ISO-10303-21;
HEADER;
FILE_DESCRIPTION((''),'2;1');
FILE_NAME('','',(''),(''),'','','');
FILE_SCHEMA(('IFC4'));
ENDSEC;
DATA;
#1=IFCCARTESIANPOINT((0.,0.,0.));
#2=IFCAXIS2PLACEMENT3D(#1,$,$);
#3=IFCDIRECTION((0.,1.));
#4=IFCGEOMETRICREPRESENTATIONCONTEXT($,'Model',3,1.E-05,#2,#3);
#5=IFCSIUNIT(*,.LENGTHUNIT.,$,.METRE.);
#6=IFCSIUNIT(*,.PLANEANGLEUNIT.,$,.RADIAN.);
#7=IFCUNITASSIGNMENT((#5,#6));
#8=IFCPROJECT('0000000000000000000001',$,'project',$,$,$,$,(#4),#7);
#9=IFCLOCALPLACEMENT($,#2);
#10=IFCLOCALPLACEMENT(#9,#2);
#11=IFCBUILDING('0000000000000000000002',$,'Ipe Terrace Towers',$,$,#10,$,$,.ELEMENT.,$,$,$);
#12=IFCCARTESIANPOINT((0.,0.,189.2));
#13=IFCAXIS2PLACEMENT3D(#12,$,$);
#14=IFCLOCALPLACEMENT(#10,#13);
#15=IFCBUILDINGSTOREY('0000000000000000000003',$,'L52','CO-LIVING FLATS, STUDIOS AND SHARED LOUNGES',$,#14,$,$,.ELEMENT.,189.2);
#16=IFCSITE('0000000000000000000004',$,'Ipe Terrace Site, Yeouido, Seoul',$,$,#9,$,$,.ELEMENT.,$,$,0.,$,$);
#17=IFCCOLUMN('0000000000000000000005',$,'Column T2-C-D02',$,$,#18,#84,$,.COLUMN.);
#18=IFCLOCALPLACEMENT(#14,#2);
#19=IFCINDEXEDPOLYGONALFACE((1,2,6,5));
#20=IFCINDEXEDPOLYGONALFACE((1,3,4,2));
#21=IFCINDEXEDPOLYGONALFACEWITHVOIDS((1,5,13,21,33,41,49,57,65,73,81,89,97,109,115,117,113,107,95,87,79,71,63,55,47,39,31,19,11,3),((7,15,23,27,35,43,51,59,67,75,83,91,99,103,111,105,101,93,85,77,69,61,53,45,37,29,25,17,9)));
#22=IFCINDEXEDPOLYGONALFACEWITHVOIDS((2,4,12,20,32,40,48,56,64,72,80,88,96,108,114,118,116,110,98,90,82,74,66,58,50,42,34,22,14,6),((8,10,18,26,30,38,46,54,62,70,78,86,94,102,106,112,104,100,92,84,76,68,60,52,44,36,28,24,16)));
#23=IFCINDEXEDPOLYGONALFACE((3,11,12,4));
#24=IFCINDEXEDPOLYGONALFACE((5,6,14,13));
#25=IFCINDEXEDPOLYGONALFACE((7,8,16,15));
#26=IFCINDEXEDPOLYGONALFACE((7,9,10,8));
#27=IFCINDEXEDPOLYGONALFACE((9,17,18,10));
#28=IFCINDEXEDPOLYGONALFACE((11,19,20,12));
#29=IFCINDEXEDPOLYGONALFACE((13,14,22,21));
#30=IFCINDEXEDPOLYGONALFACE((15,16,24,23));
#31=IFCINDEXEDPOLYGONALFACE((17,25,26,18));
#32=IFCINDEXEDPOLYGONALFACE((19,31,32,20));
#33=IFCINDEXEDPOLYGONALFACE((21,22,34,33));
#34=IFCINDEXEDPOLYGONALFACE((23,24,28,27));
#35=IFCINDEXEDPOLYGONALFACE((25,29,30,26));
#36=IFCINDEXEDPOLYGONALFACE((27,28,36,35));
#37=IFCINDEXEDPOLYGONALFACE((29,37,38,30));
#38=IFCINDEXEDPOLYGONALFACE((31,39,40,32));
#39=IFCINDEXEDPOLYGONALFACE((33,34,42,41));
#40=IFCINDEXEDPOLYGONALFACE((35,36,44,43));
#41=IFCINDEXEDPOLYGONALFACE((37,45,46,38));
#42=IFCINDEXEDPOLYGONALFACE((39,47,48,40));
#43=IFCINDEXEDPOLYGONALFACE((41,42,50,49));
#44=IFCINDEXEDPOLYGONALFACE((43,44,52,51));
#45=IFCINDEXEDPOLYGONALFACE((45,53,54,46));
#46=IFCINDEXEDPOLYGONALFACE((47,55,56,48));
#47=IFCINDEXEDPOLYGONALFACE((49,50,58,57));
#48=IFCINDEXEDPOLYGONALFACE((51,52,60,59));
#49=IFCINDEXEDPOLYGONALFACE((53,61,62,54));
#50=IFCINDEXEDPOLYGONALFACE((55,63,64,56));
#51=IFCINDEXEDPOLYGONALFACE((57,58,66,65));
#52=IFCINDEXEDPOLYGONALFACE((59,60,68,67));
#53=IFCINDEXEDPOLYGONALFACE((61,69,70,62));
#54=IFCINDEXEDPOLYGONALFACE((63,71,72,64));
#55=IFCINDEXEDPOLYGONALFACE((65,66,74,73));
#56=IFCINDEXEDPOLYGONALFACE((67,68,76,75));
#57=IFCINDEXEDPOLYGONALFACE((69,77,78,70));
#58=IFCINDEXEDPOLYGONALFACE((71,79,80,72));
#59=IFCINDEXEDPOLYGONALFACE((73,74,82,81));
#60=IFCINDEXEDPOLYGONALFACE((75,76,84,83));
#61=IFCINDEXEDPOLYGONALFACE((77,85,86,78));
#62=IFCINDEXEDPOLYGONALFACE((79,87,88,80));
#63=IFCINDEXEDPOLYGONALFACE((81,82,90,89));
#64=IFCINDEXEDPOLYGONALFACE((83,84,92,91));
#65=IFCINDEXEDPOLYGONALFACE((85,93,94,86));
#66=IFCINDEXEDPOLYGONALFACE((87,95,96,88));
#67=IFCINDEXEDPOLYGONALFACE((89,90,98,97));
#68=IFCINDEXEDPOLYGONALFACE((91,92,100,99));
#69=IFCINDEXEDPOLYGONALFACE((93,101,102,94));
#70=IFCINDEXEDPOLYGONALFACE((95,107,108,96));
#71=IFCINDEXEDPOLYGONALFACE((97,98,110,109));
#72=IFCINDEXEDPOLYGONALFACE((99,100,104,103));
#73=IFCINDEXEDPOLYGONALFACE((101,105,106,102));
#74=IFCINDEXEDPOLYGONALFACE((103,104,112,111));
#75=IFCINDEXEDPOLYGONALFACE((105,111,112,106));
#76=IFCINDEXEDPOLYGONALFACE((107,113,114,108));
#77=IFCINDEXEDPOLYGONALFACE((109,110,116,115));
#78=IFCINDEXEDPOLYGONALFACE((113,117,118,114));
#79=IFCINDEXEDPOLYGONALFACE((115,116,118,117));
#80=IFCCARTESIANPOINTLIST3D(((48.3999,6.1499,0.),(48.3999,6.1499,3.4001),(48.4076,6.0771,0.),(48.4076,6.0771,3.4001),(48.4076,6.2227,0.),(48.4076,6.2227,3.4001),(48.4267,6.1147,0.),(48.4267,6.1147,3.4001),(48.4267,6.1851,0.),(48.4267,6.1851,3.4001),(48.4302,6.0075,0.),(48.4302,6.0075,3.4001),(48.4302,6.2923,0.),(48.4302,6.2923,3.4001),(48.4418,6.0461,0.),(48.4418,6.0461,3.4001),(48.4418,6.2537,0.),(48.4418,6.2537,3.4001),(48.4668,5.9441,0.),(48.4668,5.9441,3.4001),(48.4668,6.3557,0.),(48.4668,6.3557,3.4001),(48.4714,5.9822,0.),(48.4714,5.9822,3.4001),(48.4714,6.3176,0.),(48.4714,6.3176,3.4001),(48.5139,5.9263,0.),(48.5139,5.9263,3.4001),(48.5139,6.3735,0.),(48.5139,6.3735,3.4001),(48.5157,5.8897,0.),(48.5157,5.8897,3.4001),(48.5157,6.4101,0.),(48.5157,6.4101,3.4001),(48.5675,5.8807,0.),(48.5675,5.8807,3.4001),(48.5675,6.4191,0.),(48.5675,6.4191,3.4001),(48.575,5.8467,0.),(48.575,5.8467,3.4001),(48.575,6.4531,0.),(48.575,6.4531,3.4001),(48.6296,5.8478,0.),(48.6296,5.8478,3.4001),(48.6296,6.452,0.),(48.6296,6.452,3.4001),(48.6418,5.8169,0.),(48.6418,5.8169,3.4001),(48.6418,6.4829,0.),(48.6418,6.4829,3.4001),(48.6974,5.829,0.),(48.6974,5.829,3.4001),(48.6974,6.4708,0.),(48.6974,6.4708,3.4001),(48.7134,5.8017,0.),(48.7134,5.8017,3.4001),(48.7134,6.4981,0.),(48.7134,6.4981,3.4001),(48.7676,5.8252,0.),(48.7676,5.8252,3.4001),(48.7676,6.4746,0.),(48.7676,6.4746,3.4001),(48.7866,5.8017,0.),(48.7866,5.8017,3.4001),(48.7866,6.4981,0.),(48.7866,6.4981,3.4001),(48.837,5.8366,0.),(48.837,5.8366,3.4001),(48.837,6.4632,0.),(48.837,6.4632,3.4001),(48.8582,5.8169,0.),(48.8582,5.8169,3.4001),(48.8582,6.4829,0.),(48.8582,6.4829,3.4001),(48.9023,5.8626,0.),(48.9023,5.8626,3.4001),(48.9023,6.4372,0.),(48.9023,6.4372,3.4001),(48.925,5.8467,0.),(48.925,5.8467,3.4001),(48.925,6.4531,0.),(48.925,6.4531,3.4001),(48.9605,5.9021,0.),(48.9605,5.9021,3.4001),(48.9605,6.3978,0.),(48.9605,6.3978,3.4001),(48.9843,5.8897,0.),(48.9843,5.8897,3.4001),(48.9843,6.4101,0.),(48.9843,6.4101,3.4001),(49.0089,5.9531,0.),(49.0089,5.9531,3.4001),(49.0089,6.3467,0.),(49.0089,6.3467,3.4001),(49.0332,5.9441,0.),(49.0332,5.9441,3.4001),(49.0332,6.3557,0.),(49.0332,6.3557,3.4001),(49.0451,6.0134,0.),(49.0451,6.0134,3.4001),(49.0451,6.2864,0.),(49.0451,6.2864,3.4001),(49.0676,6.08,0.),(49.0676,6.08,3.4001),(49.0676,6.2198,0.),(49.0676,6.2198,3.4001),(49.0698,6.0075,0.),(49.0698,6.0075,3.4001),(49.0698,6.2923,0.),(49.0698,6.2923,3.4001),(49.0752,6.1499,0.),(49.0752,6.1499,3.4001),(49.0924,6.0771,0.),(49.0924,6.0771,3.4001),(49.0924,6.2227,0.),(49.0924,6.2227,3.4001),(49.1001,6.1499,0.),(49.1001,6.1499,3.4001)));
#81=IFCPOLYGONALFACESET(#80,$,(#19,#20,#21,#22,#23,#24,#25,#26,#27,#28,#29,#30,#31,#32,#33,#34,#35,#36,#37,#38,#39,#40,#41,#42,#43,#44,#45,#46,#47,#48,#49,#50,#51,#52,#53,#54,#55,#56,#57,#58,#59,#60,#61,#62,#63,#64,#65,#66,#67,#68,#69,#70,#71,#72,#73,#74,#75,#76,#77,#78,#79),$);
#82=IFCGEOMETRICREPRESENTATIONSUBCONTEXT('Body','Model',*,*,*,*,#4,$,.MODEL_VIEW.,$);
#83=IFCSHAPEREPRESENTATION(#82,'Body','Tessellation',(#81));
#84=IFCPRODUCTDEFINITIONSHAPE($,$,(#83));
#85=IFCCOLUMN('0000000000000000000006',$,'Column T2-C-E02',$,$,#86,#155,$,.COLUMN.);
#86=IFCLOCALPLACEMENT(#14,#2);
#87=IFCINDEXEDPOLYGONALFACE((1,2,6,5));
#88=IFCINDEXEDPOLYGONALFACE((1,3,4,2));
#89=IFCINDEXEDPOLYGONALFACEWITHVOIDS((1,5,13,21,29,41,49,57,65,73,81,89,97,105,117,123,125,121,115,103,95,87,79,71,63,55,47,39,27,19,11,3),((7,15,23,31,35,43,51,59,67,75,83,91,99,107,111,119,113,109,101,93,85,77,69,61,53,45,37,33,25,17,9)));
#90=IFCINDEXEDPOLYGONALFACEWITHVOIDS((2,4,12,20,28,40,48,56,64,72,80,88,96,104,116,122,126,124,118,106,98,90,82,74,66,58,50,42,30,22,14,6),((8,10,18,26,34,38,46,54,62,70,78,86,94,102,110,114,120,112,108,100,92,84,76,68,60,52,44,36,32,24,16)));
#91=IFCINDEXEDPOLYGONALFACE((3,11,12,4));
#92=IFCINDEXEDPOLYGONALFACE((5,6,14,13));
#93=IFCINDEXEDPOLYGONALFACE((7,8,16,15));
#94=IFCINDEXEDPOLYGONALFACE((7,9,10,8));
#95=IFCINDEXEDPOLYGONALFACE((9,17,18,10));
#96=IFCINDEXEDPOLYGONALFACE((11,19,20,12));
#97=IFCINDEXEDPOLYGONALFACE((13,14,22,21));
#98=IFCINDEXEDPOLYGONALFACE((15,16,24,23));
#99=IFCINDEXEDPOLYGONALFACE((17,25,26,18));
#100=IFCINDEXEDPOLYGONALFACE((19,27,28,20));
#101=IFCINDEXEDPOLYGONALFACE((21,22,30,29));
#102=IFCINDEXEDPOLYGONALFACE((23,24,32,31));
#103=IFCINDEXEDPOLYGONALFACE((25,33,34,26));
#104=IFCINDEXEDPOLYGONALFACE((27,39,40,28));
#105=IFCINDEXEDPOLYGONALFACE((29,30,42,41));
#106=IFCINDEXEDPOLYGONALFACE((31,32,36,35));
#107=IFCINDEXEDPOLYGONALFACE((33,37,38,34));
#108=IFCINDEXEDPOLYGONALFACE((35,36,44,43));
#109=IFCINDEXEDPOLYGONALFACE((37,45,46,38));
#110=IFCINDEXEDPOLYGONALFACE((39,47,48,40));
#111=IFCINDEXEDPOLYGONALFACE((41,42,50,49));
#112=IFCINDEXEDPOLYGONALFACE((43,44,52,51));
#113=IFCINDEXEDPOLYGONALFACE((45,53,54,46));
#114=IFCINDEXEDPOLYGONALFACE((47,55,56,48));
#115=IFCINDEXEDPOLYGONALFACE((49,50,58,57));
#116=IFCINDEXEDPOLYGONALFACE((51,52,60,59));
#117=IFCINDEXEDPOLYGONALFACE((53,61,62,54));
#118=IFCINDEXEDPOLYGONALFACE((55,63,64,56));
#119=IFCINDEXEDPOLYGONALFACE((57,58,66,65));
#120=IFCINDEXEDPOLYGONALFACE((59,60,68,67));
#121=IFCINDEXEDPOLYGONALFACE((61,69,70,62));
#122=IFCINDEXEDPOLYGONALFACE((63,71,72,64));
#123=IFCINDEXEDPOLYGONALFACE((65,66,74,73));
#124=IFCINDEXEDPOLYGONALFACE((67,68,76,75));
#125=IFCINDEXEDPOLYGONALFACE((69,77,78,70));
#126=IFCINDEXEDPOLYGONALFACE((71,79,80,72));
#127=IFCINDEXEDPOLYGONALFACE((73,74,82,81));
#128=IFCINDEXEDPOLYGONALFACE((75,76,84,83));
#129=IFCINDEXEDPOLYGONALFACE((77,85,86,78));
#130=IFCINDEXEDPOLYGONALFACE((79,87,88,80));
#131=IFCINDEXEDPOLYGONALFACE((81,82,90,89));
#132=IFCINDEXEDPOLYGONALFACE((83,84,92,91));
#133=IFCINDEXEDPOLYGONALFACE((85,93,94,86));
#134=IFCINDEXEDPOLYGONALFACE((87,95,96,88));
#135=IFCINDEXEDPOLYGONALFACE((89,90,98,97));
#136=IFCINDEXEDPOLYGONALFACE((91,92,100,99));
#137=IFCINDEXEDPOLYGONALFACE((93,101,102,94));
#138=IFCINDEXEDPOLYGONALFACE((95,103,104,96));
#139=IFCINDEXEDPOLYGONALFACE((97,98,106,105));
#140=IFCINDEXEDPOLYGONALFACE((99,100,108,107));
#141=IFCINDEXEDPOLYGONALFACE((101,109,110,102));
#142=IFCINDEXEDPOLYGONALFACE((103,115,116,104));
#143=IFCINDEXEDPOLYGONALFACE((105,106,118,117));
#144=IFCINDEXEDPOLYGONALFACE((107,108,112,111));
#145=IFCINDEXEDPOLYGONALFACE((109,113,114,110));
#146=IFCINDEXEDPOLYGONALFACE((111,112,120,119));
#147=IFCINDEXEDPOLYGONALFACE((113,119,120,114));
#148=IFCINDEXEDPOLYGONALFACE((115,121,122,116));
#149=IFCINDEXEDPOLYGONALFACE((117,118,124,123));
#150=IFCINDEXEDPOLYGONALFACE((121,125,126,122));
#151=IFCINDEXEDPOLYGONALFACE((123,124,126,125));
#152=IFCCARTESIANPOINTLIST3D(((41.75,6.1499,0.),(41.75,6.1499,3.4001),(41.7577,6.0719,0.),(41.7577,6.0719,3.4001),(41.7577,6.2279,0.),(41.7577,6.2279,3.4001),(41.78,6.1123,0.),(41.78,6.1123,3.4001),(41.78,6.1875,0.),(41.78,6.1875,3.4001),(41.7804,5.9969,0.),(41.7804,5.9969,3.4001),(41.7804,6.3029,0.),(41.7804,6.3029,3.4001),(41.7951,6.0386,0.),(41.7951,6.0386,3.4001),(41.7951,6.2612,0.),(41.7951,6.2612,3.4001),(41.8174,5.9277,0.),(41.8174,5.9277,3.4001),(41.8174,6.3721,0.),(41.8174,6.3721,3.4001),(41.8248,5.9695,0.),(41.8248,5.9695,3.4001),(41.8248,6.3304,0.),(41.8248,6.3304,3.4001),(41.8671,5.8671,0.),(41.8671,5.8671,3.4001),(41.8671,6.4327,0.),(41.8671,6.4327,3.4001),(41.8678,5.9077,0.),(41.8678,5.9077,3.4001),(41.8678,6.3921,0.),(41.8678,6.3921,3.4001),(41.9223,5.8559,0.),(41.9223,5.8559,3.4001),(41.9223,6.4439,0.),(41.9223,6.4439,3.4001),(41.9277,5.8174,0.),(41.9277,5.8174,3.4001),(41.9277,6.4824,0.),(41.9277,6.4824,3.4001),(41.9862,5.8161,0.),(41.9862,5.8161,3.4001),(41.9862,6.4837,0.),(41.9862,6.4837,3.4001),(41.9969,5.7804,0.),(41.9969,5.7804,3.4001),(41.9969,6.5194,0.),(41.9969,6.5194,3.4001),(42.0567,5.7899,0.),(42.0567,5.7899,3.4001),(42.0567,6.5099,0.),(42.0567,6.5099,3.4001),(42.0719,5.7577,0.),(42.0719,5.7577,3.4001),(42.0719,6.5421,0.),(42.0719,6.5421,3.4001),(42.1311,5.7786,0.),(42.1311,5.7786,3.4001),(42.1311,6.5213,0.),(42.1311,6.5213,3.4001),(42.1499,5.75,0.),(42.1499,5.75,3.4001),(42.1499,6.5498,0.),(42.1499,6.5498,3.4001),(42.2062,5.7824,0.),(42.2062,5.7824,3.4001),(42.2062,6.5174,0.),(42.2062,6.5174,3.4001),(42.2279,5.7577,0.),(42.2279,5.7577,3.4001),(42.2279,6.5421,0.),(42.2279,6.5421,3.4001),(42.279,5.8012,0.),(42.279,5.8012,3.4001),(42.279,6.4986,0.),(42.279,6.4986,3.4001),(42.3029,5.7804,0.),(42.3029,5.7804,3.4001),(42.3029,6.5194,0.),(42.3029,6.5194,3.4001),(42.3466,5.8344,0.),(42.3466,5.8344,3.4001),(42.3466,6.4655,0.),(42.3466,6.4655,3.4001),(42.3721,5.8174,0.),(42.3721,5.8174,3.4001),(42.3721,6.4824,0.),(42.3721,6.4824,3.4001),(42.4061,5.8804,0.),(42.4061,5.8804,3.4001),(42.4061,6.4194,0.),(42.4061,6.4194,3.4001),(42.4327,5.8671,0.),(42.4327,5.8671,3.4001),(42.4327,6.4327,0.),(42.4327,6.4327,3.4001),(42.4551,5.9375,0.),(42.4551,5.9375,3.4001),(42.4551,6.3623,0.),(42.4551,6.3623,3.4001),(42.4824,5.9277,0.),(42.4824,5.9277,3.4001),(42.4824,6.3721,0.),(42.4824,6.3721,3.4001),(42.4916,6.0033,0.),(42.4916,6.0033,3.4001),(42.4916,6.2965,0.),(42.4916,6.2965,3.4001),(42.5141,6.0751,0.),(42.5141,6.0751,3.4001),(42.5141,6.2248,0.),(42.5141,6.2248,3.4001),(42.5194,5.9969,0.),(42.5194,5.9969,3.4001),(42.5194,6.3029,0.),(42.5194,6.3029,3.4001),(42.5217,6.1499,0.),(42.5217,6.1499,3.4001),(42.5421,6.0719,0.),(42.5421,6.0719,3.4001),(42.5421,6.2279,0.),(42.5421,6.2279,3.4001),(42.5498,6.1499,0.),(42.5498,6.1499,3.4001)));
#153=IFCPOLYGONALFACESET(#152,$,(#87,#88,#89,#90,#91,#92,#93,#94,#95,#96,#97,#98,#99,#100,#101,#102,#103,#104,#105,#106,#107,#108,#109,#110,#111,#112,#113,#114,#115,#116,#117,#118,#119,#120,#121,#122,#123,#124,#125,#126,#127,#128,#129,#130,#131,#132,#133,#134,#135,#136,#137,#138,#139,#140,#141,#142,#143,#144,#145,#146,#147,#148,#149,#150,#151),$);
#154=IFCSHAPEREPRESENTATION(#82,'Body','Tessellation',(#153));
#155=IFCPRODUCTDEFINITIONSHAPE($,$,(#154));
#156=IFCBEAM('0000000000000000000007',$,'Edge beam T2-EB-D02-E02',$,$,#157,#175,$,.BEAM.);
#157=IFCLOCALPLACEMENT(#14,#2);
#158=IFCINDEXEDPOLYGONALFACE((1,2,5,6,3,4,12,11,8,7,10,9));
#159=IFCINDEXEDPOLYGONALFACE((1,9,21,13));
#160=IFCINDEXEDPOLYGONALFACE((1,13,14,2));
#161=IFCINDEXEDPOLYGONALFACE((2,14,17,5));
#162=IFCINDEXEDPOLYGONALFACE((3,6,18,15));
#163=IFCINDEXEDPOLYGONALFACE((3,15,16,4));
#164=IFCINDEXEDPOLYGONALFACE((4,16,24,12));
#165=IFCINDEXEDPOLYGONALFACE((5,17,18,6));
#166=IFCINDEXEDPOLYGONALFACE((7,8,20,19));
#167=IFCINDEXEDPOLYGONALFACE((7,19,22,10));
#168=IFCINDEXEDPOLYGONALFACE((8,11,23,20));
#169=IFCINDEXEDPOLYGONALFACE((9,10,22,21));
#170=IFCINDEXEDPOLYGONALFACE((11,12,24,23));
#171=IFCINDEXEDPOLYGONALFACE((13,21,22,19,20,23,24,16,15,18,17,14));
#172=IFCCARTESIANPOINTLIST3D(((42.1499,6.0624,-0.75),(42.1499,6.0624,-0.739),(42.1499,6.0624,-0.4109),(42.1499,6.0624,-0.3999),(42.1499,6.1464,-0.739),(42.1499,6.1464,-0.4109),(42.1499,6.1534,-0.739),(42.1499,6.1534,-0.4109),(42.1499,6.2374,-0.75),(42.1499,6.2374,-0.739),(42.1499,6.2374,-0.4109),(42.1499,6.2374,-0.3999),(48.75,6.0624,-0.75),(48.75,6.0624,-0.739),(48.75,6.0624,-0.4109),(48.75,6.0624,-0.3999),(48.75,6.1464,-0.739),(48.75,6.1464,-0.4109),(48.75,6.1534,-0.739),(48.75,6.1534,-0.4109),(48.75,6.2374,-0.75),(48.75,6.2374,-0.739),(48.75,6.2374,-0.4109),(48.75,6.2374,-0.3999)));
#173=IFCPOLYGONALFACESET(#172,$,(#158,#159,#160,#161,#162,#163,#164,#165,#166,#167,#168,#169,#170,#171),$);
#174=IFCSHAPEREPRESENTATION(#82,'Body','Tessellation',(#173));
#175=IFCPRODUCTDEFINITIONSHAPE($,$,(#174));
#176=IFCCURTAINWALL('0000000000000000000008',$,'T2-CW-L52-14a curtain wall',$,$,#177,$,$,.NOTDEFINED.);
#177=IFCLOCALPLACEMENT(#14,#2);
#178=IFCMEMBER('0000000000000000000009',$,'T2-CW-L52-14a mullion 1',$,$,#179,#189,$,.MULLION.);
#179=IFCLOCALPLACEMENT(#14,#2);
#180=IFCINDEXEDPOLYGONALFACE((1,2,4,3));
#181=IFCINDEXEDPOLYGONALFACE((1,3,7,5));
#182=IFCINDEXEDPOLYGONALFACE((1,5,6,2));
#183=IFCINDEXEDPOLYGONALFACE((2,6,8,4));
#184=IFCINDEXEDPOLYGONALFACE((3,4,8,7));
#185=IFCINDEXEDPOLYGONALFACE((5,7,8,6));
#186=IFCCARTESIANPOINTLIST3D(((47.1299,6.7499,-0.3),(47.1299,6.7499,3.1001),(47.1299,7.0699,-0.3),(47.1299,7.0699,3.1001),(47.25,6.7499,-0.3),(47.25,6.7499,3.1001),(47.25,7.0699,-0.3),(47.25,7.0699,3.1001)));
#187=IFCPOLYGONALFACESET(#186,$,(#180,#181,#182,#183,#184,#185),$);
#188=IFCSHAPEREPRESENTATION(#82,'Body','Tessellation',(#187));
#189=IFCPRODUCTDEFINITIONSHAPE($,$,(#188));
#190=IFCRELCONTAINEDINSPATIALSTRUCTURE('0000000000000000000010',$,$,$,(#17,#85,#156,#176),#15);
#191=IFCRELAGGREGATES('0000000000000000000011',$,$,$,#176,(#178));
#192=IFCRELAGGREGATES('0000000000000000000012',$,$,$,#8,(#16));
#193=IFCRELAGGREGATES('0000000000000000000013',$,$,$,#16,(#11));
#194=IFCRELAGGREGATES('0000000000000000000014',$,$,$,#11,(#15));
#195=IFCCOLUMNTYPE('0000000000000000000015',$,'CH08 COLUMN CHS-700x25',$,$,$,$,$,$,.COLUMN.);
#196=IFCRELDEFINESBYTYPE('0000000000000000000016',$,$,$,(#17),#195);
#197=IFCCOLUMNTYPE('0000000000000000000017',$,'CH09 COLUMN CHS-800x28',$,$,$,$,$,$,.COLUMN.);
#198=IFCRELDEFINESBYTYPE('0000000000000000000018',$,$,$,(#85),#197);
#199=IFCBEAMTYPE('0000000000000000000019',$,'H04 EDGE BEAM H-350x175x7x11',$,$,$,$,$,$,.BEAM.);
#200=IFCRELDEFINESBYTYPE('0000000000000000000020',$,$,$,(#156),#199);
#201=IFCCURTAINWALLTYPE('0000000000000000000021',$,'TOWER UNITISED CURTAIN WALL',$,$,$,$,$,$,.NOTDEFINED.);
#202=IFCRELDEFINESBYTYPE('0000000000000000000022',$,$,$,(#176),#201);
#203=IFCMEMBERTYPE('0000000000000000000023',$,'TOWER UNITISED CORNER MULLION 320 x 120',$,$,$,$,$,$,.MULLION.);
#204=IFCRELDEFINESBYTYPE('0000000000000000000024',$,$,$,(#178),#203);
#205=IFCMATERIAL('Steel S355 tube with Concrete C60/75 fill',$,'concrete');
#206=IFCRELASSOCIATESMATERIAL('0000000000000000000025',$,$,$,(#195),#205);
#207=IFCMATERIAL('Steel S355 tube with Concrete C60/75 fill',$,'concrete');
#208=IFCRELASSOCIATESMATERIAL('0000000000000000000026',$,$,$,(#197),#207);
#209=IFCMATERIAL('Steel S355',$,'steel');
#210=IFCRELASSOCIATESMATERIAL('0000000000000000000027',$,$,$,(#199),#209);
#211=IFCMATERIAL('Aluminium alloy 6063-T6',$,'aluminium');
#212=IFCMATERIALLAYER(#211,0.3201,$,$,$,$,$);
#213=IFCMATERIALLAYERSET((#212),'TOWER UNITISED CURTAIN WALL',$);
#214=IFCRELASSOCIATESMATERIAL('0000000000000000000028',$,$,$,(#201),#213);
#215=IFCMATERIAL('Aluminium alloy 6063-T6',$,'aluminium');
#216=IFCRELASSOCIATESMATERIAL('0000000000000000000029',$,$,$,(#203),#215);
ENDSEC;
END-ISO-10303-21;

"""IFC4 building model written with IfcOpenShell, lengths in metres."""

from ifc_helpers import new_model, si_unit, direction, frame, origin, origin_2d, place, context, subcontext, project, spatial, rectangle, hollow_circle, i_section, extrude, material, layer, layer_set, material_profile, profile_set, type_object, element, aggregate, save


model = new_model("IFC4")

# Units and contexts
model_context = context("Model", 3, precision=1e-05, world=origin(), true_north=direction((0.0, 1.0)))
body_context = subcontext(model_context, "Body", "Model", "MODEL_VIEW")
ifc_project = project(units=[si_unit("LENGTHUNIT", "METRE"), si_unit("PLANEANGLEUNIT", "RADIAN")], contexts=[model_context])

# Site, building, storey
site_placement = place(None, origin())
site = spatial("IfcSite", under=ifc_project, at=site_placement, Name="Ipe Terrace Site, Yeouido, Seoul", CompositionType="ELEMENT", RefElevation=0.0)
building_placement = place(site_placement, origin())
building = spatial("IfcBuilding", under=site, at=building_placement, Name="Ipe Terrace Towers", CompositionType="ELEMENT")
storey_placement = place(building_placement, frame((0.0, 0.0, 189.2)))
storey = spatial("IfcBuildingStorey", under=building, at=storey_placement, Name="L52", Description="CO-LIVING FLATS, STUDIOS AND SHARED LOUNGES", CompositionType="ELEMENT", Elevation=189.2)

# Columns
ifc_material_1 = material(Name="Steel S355 tube with Concrete C60/75 fill", Category="concrete")
ifc_material_profile_1 = material_profile(ifc_material_1, hollow_circle(Radius=0.3501, WallThickness=0.0249, at=origin_2d()), Name="CHS-700x25")
ifc_profile_set_1 = profile_set([ifc_material_profile_1], Name="Steel S355 tube with Concrete C60/75 fill")
column_type_1 = type_object("IfcColumnType", Name="CH08 COLUMN CHS-700x25", PredefinedType="COLUMN", material=ifc_profile_set_1)
column_1_placement = place(storey_placement, frame((48.75, 6.1499, 0.0), z_axis=(0.0, 0.0, 1.0), x_axis=(1.0, 0.0, 0.0)))
element("IfcColumn", 1, at=column_1_placement, inside=storey, type_object=column_type_1, Name="Column T2-C-D02", PredefinedType="COLUMN", context=body_context, shape_type="SweptSolid", body=[
    extrude(hollow_circle(Radius=0.3501, WallThickness=0.0249, at=origin_2d()), origin(), (0.0, 0.0, 1.0), 3.4001),
])
ifc_material_2 = material(Name="Steel S355 tube with Concrete C60/75 fill", Category="concrete")
ifc_material_profile_2 = material_profile(ifc_material_2, hollow_circle(Radius=0.3999, WallThickness=0.0281, at=origin_2d()), Name="CHS-800x28")
ifc_profile_set_2 = profile_set([ifc_material_profile_2], Name="Steel S355 tube with Concrete C60/75 fill")
column_type_2 = type_object("IfcColumnType", Name="CH09 COLUMN CHS-800x28", PredefinedType="COLUMN", material=ifc_profile_set_2)
column_2_placement = place(storey_placement, frame((42.1499, 6.1499, 0.0), z_axis=(0.0, 0.0, 1.0), x_axis=(1.0, 0.0, 0.0)))
element("IfcColumn", 2, at=column_2_placement, inside=storey, type_object=column_type_2, Name="Column T2-C-E02", PredefinedType="COLUMN", context=body_context, shape_type="SweptSolid", body=[
    extrude(hollow_circle(Radius=0.3999, WallThickness=0.0281, at=origin_2d()), origin(), (0.0, 0.0, 1.0), 3.4001),
])

# Beam
ifc_material_3 = material(Name="Steel S355", Category="steel")
ifc_material_profile_3 = material_profile(ifc_material_3, i_section(OverallWidth=0.175, OverallDepth=0.3501, WebThickness=0.0071, FlangeThickness=0.011, at=origin_2d()), Name="H-350x175x7x11")
ifc_profile_set_3 = profile_set([ifc_material_profile_3], Name="Steel S355")
beam_type = type_object("IfcBeamType", Name="H04 EDGE BEAM H-350x175x7x11", PredefinedType="BEAM", material=ifc_profile_set_3)
beam_placement = place(storey_placement, frame((48.75, 6.1499, -0.575), z_axis=(-1.0, 0.0, 0.0), x_axis=(0.0, -1.0, 0.0)))
element("IfcBeam", 3, at=beam_placement, inside=storey, type_object=beam_type, Name="Edge beam T2-EB-D02-E02", PredefinedType="BEAM", context=body_context, shape_type="SweptSolid", body=[
    extrude(i_section(OverallWidth=0.175, OverallDepth=0.3501, WebThickness=0.0071, FlangeThickness=0.011, at=origin_2d()), origin(), (0.0, 0.0, 1.0), 6.6001),
])

# Curtain wall, member
ifc_material_4 = material(Name="Aluminium alloy 6063-T6", Category="aluminium")
ifc_layer_1 = layer(ifc_material_4, 0.3201)
ifc_layer_set_1 = layer_set([ifc_layer_1], Name="TOWER UNITISED CURTAIN WALL")
curtain_wall_type = type_object("IfcCurtainWallType", Name="TOWER UNITISED CURTAIN WALL", PredefinedType="NOTDEFINED", material=ifc_layer_set_1)
curtain_wall_placement = place(storey_placement, origin())
curtain_wall = element("IfcCurtainWall", 4, at=curtain_wall_placement, inside=storey, type_object=curtain_wall_type, Name="T2-CW-L52-14a curtain wall", PredefinedType="NOTDEFINED")
ifc_material_5 = material(Name="Aluminium alloy 6063-T6", Category="aluminium")
ifc_material_profile_4 = material_profile(ifc_material_5, rectangle(XDim=0.3201, YDim=0.1201, at=origin_2d()), Name="TOWER UNITISED CORNER MULLION 320 x 120")
ifc_profile_set_4 = profile_set([ifc_material_profile_4], Name="Aluminium alloy 6063-T6")
member_type = type_object("IfcMemberType", Name="TOWER UNITISED CORNER MULLION 320 x 120", PredefinedType="MULLION", material=ifc_profile_set_4)
member_1_placement = place(storey_placement, frame((47.1899, 6.9099, -0.3), z_axis=(0.0, 0.0, 1.0), x_axis=(0.0, 1.0, 0.0)))
member_1 = element("IfcMember", 5, at=member_1_placement, type_object=member_type, Name="T2-CW-L52-14a mullion 1", PredefinedType="MULLION", context=body_context, shape_type="SweptSolid", body=[
    extrude(rectangle(XDim=0.3201, YDim=0.1201, at=origin_2d()), origin(), (0.0, 0.0, 1.0), 3.4001),
])
aggregate(curtain_wall, [member_1])

save(model, "model.ifc")
